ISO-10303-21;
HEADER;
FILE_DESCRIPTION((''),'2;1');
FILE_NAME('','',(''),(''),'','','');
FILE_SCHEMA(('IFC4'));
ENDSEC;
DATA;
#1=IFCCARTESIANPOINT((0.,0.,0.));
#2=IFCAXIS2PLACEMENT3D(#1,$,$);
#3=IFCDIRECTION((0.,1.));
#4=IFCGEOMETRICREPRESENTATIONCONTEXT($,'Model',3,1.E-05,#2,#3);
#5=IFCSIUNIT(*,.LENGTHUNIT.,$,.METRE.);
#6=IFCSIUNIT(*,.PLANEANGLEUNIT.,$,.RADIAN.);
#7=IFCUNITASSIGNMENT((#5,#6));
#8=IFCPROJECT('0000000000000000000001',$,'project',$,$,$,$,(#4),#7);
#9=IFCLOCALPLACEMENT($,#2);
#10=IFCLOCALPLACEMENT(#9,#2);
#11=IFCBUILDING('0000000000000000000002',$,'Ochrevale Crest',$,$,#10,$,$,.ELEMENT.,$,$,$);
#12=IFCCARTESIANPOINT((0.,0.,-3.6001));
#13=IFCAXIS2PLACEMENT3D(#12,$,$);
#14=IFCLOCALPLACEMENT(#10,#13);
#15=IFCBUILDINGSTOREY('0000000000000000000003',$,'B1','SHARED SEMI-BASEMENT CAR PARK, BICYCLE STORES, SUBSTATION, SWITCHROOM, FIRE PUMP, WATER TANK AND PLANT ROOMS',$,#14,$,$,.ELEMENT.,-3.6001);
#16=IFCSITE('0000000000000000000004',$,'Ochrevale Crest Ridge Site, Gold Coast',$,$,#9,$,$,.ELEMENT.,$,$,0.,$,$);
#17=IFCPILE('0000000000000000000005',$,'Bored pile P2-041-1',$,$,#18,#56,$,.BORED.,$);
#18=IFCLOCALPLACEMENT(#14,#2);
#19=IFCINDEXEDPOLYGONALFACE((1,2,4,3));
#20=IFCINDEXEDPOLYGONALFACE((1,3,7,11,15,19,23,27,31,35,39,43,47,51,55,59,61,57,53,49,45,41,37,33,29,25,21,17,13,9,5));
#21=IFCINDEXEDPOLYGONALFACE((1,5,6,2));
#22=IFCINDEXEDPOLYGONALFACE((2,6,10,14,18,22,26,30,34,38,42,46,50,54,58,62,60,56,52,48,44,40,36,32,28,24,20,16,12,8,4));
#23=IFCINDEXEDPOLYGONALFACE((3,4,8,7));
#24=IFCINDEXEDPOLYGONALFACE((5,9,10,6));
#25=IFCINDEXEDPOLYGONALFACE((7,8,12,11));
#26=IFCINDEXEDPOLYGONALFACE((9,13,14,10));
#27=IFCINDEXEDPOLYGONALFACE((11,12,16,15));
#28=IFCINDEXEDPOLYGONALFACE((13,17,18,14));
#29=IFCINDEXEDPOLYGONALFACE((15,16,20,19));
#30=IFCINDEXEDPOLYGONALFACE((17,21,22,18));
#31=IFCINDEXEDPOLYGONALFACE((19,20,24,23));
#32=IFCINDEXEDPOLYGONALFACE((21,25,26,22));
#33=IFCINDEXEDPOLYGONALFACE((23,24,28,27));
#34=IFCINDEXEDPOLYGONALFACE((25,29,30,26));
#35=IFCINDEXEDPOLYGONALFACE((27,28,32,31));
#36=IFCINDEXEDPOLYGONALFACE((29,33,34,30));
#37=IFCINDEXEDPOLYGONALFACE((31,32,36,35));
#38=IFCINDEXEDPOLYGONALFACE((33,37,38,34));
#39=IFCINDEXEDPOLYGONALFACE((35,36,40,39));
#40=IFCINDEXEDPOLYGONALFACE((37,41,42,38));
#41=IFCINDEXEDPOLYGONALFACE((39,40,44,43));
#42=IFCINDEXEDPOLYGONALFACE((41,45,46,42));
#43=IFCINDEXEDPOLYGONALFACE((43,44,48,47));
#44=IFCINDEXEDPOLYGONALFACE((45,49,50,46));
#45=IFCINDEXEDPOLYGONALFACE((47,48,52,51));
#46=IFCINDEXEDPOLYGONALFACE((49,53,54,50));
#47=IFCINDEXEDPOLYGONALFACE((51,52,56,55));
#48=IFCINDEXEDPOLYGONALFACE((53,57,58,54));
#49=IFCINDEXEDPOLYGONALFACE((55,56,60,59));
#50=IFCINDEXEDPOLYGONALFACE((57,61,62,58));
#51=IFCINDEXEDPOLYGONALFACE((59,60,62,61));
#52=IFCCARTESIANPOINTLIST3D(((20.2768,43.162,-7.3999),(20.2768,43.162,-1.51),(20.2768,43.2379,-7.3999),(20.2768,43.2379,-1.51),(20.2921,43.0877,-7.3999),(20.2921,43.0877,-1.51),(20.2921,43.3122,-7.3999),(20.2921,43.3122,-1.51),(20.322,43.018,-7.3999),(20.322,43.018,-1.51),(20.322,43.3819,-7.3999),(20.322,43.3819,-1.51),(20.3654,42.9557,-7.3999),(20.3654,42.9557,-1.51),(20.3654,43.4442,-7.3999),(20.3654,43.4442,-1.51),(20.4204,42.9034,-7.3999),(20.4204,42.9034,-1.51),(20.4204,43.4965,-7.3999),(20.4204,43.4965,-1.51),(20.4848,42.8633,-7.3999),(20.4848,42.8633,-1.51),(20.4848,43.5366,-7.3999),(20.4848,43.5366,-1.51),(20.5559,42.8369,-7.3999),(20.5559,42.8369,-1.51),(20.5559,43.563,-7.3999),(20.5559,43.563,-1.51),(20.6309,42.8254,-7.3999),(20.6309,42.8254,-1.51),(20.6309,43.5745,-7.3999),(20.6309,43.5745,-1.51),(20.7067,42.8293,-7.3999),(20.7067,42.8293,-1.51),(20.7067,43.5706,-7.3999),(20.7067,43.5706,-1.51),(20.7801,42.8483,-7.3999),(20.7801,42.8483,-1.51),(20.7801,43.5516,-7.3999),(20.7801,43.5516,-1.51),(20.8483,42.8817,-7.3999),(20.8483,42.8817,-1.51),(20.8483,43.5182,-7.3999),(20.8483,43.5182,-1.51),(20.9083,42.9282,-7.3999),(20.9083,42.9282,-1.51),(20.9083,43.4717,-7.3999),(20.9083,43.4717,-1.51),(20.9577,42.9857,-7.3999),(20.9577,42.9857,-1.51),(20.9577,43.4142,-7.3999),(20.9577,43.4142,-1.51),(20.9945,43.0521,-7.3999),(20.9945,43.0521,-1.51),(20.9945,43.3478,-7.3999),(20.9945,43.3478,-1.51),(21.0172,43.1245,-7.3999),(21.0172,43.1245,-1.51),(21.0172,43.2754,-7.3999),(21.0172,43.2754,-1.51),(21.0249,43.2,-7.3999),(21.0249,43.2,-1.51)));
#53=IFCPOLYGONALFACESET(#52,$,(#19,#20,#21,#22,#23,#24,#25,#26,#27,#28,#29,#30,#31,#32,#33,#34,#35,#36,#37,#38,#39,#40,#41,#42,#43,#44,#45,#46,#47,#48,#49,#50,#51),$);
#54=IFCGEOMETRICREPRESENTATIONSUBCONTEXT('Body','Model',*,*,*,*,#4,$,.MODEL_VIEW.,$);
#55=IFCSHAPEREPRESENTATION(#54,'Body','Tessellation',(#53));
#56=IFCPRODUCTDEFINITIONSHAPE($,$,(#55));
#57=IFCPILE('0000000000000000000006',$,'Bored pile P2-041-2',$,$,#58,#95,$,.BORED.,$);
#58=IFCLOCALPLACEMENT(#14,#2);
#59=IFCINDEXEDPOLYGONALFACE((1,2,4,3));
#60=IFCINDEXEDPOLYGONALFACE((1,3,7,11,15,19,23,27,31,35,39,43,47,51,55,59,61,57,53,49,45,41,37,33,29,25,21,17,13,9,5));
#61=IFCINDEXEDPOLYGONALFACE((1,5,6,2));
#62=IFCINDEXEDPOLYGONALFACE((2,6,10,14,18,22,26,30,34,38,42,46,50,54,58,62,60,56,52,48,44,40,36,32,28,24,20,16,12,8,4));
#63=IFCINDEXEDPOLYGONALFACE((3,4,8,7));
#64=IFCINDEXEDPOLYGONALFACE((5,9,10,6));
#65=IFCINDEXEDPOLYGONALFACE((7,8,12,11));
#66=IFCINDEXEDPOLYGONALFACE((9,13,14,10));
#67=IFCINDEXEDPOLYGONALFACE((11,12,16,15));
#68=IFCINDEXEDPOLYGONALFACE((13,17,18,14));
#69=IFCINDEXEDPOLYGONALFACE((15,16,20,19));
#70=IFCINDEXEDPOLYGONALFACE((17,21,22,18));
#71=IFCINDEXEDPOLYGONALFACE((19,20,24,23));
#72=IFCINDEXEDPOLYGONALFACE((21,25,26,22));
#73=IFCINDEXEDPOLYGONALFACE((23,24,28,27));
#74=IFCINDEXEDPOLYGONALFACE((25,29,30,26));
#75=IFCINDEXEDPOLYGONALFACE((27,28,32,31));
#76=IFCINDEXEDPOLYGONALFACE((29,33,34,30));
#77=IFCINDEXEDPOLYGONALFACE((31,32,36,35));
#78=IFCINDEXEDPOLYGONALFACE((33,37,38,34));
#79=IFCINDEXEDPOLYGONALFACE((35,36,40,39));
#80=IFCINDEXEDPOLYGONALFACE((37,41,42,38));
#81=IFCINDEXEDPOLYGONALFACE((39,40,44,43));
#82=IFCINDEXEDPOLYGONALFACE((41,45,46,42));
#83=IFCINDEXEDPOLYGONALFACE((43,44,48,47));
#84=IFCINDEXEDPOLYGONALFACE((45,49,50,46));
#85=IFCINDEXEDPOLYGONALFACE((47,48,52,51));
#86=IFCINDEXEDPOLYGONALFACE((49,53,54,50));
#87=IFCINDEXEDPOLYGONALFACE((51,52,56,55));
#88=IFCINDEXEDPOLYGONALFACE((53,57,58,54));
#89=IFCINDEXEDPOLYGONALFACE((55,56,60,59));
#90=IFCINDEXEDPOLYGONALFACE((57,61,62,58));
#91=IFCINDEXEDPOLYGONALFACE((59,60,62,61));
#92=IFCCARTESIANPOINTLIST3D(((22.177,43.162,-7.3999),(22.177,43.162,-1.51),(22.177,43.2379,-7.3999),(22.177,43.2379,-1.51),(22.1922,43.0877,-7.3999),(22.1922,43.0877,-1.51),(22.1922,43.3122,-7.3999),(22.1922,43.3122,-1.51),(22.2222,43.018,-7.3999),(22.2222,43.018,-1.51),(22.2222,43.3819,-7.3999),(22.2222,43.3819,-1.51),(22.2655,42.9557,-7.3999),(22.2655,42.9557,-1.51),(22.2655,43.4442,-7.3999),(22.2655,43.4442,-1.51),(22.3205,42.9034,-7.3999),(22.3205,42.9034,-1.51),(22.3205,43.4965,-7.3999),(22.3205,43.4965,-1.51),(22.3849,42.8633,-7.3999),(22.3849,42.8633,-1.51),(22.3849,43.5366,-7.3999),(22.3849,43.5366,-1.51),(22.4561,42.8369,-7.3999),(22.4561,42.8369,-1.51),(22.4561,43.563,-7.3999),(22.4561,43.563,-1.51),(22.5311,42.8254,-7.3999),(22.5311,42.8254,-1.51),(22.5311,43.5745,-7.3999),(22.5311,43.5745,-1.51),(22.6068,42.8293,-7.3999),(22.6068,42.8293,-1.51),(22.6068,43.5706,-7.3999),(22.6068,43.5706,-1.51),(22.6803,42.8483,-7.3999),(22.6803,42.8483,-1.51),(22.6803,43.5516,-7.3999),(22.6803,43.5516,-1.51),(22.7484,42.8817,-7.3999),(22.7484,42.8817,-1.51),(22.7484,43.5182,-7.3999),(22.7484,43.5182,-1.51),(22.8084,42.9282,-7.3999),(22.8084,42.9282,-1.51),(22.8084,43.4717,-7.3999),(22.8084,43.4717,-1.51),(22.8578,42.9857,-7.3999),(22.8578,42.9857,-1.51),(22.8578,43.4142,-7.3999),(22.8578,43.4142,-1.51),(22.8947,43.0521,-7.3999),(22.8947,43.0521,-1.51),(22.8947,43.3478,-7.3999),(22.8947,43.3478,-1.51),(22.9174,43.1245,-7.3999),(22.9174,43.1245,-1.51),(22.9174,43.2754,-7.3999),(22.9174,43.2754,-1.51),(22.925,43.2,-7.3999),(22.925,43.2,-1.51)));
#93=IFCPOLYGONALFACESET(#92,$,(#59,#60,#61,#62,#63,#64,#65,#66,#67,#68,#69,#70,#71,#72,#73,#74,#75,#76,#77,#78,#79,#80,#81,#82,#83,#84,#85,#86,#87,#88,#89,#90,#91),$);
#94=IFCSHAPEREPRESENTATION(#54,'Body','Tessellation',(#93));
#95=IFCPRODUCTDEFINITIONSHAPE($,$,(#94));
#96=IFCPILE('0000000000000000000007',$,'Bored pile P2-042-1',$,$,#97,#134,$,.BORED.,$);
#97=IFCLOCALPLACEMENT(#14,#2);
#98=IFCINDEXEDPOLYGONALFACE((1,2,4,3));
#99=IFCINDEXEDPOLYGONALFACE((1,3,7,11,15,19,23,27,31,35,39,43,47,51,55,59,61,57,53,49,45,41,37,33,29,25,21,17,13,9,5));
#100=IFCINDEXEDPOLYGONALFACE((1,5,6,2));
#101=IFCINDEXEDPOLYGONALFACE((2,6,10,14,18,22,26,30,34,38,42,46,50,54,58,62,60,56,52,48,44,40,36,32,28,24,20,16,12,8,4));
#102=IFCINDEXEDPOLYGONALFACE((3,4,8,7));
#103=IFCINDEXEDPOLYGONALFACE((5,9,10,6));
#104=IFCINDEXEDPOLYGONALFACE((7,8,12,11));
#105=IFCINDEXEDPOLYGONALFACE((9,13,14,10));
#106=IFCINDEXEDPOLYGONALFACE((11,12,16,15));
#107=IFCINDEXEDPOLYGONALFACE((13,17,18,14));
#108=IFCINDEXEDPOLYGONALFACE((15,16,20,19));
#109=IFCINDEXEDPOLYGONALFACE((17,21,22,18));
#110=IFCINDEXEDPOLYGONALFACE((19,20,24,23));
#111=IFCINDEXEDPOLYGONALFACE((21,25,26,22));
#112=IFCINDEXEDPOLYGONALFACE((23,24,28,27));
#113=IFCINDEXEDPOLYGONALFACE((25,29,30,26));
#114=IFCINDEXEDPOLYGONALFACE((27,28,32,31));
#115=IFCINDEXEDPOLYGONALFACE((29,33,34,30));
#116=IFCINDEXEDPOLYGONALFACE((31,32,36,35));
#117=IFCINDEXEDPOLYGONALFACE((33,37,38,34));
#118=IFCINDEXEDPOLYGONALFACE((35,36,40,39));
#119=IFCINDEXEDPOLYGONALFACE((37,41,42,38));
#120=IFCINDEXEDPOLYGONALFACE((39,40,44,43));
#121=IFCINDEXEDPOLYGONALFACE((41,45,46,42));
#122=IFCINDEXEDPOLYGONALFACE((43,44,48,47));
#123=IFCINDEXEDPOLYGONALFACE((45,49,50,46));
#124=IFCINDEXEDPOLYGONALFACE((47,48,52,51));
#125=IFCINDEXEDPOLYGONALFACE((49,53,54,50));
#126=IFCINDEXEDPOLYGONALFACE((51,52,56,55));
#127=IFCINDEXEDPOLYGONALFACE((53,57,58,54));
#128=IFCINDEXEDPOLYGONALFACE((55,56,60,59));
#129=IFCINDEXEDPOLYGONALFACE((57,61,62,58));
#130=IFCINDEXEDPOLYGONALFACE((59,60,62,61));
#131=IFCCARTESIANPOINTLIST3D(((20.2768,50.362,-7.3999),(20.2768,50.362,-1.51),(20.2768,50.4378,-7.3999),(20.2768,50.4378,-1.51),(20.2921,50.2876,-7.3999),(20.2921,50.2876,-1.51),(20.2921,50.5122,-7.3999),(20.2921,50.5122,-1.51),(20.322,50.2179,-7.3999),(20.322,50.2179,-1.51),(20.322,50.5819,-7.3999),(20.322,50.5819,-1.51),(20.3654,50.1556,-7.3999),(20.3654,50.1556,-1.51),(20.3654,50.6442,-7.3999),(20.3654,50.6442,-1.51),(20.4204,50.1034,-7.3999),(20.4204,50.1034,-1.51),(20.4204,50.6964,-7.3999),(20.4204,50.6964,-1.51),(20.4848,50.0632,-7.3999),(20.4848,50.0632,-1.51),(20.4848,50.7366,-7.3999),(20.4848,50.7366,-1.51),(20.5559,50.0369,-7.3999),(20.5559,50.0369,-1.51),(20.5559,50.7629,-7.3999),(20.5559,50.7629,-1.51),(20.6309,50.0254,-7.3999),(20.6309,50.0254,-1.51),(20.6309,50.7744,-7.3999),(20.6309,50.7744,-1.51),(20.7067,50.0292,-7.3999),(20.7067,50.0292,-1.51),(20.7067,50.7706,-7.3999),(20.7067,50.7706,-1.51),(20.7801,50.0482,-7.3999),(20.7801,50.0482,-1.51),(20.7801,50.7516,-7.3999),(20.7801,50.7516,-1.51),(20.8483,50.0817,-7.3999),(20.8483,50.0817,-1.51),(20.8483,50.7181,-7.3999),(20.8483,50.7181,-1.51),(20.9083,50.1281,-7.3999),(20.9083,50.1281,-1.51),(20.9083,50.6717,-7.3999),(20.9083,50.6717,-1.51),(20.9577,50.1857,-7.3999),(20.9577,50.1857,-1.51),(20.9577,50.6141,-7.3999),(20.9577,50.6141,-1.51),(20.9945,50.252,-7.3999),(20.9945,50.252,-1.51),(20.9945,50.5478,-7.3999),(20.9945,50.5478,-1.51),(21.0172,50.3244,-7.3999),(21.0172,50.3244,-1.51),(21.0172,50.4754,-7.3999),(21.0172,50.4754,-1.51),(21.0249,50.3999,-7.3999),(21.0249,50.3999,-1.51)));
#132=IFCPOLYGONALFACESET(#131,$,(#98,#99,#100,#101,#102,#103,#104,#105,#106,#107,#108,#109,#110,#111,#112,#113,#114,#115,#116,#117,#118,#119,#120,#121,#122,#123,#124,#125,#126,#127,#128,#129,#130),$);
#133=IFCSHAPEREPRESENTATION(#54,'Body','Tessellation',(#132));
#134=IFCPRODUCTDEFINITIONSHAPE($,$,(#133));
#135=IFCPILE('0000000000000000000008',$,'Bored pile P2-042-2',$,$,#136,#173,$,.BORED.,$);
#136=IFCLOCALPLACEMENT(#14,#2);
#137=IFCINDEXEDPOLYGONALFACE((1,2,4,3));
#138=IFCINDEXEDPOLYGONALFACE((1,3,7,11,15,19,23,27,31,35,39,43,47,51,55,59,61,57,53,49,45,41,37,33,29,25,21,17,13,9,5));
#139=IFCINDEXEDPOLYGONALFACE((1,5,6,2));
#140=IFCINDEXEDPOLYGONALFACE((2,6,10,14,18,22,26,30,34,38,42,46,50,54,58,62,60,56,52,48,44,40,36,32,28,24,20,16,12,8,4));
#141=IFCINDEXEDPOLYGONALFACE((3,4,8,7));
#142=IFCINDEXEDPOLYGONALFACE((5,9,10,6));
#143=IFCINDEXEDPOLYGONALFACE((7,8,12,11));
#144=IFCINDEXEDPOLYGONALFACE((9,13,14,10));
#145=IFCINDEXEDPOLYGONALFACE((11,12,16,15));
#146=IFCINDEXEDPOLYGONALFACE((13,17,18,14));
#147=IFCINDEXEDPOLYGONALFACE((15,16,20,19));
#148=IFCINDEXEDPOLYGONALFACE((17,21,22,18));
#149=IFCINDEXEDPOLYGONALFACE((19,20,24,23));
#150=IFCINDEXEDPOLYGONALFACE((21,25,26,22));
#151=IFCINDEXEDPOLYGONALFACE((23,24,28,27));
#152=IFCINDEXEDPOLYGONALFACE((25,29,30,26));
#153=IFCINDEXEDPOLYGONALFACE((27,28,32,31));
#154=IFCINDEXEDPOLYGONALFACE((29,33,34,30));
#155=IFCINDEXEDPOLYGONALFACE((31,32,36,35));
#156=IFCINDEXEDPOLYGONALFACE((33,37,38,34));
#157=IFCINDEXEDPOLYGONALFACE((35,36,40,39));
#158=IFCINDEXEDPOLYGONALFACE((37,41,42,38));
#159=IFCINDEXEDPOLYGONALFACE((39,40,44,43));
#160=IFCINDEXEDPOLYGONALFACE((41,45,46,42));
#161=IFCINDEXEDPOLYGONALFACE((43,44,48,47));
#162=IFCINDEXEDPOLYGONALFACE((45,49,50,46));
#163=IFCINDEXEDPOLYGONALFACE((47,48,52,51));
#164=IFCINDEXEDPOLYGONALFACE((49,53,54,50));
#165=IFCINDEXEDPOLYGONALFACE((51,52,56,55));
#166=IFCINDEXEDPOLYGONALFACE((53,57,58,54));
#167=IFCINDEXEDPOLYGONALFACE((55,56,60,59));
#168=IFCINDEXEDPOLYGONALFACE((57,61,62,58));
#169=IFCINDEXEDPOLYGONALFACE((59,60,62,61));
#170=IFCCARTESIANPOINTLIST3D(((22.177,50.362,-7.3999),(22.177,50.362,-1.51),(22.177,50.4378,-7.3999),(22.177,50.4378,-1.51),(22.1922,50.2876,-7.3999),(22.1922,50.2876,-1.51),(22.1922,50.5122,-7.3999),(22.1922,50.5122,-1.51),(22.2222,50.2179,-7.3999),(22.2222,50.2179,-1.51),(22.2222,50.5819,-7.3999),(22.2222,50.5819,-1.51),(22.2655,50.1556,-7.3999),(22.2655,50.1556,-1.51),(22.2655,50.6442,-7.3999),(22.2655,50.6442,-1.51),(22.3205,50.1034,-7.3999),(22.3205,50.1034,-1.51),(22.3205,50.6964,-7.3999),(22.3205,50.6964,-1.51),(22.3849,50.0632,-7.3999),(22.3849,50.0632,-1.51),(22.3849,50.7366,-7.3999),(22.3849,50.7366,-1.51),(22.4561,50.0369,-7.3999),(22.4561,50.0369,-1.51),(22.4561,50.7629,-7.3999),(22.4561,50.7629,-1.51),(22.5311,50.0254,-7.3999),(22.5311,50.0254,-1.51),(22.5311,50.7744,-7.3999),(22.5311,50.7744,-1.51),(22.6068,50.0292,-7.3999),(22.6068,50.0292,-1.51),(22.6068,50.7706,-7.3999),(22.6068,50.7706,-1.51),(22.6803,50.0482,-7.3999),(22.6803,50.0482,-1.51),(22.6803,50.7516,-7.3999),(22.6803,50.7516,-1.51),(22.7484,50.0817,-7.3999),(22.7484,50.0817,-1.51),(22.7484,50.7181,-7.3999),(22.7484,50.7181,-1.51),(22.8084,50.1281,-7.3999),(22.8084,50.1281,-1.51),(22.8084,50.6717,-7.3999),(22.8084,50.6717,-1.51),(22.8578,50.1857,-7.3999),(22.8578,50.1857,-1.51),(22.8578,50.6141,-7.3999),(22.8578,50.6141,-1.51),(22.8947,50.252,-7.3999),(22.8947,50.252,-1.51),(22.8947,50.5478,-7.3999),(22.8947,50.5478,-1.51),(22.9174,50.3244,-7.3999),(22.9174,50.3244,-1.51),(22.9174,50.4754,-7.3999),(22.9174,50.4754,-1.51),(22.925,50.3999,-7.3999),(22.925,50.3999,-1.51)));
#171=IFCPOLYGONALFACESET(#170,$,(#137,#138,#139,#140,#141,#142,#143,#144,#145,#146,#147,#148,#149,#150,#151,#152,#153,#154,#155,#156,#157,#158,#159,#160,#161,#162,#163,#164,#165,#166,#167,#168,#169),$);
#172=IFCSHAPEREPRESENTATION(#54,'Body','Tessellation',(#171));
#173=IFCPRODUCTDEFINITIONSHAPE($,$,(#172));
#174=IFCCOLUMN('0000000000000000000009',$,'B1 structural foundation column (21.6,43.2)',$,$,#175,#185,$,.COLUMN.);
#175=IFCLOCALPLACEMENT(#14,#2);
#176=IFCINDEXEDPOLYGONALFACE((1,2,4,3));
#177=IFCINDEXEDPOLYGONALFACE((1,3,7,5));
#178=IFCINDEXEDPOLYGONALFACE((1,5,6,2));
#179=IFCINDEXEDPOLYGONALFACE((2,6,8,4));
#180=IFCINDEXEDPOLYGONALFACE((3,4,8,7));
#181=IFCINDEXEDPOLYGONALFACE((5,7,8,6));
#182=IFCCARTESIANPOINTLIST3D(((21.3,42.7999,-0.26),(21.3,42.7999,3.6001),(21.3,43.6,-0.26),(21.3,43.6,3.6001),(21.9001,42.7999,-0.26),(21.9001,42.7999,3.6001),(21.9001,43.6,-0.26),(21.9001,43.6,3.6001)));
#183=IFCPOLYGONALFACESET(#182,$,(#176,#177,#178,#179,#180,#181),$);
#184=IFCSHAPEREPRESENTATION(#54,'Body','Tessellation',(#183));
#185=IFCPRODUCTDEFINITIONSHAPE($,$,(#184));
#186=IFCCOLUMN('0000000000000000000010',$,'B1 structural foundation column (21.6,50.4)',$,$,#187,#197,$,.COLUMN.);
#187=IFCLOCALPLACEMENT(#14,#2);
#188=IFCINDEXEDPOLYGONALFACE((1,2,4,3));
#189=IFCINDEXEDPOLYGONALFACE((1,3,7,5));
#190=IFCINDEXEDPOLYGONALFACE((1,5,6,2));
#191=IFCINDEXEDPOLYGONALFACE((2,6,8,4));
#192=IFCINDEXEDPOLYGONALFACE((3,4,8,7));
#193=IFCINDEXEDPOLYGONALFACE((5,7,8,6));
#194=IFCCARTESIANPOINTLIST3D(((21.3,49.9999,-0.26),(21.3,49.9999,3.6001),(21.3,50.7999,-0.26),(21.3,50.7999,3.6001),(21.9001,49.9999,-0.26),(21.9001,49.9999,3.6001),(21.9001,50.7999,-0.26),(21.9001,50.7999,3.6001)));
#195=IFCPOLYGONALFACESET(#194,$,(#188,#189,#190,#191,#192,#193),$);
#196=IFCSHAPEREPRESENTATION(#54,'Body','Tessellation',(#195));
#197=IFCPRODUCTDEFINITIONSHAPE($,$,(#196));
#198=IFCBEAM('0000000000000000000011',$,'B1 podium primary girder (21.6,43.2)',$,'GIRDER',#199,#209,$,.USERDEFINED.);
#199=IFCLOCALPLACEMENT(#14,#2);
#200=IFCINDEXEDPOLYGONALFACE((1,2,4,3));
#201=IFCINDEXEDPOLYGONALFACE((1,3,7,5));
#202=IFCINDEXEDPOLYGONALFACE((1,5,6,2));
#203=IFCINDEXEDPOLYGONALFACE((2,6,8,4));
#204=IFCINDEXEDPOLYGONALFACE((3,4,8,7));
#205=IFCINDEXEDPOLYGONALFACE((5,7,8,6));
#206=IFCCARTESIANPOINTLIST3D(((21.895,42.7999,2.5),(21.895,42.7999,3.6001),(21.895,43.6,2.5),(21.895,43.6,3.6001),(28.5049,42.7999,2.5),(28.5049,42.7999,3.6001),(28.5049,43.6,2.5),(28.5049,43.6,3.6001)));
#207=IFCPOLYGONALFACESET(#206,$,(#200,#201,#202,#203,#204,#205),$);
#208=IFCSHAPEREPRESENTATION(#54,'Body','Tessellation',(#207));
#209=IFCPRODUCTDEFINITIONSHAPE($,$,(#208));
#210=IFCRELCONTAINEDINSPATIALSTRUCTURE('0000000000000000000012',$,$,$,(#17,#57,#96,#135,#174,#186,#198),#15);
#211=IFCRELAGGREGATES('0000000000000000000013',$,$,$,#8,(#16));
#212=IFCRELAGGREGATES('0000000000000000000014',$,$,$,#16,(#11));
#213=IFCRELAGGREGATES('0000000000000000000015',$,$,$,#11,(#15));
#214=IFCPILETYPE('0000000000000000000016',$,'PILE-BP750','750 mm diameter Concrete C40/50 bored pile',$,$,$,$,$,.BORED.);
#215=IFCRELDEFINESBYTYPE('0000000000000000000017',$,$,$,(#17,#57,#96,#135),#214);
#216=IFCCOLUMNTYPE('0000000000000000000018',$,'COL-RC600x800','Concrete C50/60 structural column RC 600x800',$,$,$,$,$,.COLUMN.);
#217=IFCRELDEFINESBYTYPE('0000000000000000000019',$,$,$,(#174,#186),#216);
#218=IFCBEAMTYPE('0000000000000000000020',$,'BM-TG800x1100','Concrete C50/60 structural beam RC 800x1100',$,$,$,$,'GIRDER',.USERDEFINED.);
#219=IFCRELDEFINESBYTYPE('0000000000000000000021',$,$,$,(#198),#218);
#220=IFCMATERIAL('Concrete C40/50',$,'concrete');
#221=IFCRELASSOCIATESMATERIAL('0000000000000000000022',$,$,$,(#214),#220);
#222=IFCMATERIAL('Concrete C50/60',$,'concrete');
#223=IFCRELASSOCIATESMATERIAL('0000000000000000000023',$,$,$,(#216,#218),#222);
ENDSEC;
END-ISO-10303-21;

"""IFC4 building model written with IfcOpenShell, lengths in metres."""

from ifc_helpers import new_model, si_unit, direction, frame, origin, origin_2d, place, context, subcontext, project, spatial, rectangle, circle, extrude, material, material_profile, profile_set, type_object, element, save


model = new_model("IFC4")

# Units and contexts
model_context = context("Model", 3, precision=1e-05, world=origin(), true_north=direction((0.0, 1.0)))
body_context = subcontext(model_context, "Body", "Model", "MODEL_VIEW")
ifc_project = project(units=[si_unit("LENGTHUNIT", "METRE"), si_unit("PLANEANGLEUNIT", "RADIAN")], contexts=[model_context])

# Site, building, storey
site_placement = place(None, origin())
site = spatial("IfcSite", under=ifc_project, at=site_placement, Name="Ochrevale Crest Ridge Site, Gold Coast", CompositionType="ELEMENT", RefElevation=0.0)
building_placement = place(site_placement, origin())
building = spatial("IfcBuilding", under=site, at=building_placement, Name="Ochrevale Crest", CompositionType="ELEMENT")
storey_placement = place(building_placement, frame((0.0, 0.0, -3.6001)))
storey = spatial("IfcBuildingStorey", under=building, at=storey_placement, Name="B1", Description="SHARED SEMI-BASEMENT CAR PARK, BICYCLE STORES, SUBSTATION, SWITCHROOM, FIRE PUMP, WATER TANK AND PLANT ROOMS", CompositionType="ELEMENT", Elevation=-3.6001)

# Shared definitions
ifc_material_1 = material(Name="Concrete C40/50", Category="concrete")

# Piles
ifc_material_profile_1 = material_profile(ifc_material_1, circle(Radius=0.375, at=origin_2d()), Name="BORED PILE 750")
ifc_profile_set_1 = profile_set([ifc_material_profile_1], Name="Concrete C40/50")
pile_type_1 = type_object("IfcPileType", Name="PILE-BP750", Description="750 mm diameter Concrete C40/50 bored pile", PredefinedType="BORED", material=ifc_profile_set_1)
for number, where, z_axis, x_axis, name in (
    (1, (20.6499, 43.2, -1.51), (0.0, 0.0, -1.0), (1.0, 0.0, 0.0), "Bored pile P2-041-1"),
    (2, (22.55, 43.2, -1.51), (0.0, 0.0, -1.0), (1.0, 0.0, 0.0), "Bored pile P2-041-2"),
    (3, (20.6499, 50.3999, -1.51), (0.0, 0.0, -1.0), (1.0, 0.0, 0.0), "Bored pile P2-042-1"),
    (4, (22.55, 50.3999, -1.51), (0.0, 0.0, -1.0), (1.0, 0.0, 0.0), "Bored pile P2-042-2"),
):
    element("IfcPile", number, at=place(storey_placement, frame(where, z_axis=z_axis, x_axis=x_axis)), inside=storey, type_object=pile_type_1, Name=name, PredefinedType="BORED", context=body_context, shape_type="SweptSolid", body=[
        extrude(circle(Radius=0.375, at=origin_2d()), origin(), (0.0, 0.0, 1.0), 5.8899),
    ])

# Columns
ifc_material_2 = material(Name="Concrete C50/60", Category="concrete")
ifc_material_profile_2 = material_profile(ifc_material_2, rectangle(XDim=0.6001, YDim=0.8, at=origin_2d()), Name="RC 600x800")
ifc_profile_set_2 = profile_set([ifc_material_profile_2], Name="Concrete C50/60")
column_type = type_object("IfcColumnType", Name="COL-RC600x800", Description="Concrete C50/60 structural column RC 600x800", PredefinedType="COLUMN", material=ifc_profile_set_2)
for number, where, z_axis, x_axis, name in (
    (5, (21.6001, 43.2, -0.26), (0.0, 0.0, 1.0), (1.0, 0.0, 0.0), "B1 structural foundation column (21.6,43.2)"),
    (6, (21.6001, 50.3999, -0.26), (0.0, 0.0, 1.0), (1.0, 0.0, 0.0), "B1 structural foundation column (21.6,50.4)"),
):
    element("IfcColumn", number, at=place(storey_placement, frame(where, z_axis=z_axis, x_axis=x_axis)), inside=storey, type_object=column_type, Name=name, PredefinedType="COLUMN", context=body_context, shape_type="SweptSolid", body=[
        extrude(rectangle(XDim=0.6001, YDim=0.8, at=origin_2d()), origin(), (0.0, 0.0, 1.0), 3.8601),
    ])

# Beam
ifc_material_profile_3 = material_profile(ifc_material_2, rectangle(XDim=0.8, YDim=1.1001, at=origin_2d()), Name="RC 800x1100")
ifc_profile_set_3 = profile_set([ifc_material_profile_3], Name="Concrete C50/60")
beam_type_1 = type_object("IfcBeamType", Name="BM-TG800x1100", Description="Concrete C50/60 structural beam RC 800x1100", ElementType="GIRDER", PredefinedType="USERDEFINED", material=ifc_profile_set_3)
for number, where, z_axis, x_axis, name in (
    (7, (21.895, 43.2, 3.05), (1.0, 0.0, 0.0), (0.0, 1.0, 0.0), "B1 podium primary girder (21.6,43.2)"),
):
    element("IfcBeam", number, at=place(storey_placement, frame(where, z_axis=z_axis, x_axis=x_axis)), inside=storey, type_object=beam_type_1, Name=name, ObjectType="GIRDER", PredefinedType="USERDEFINED", context=body_context, shape_type="SweptSolid", body=[
        extrude(rectangle(XDim=0.8, YDim=1.1001, at=origin_2d()), origin(), (0.0, 0.0, 1.0), 6.6099),
    ])

save(model, "model.ifc")
